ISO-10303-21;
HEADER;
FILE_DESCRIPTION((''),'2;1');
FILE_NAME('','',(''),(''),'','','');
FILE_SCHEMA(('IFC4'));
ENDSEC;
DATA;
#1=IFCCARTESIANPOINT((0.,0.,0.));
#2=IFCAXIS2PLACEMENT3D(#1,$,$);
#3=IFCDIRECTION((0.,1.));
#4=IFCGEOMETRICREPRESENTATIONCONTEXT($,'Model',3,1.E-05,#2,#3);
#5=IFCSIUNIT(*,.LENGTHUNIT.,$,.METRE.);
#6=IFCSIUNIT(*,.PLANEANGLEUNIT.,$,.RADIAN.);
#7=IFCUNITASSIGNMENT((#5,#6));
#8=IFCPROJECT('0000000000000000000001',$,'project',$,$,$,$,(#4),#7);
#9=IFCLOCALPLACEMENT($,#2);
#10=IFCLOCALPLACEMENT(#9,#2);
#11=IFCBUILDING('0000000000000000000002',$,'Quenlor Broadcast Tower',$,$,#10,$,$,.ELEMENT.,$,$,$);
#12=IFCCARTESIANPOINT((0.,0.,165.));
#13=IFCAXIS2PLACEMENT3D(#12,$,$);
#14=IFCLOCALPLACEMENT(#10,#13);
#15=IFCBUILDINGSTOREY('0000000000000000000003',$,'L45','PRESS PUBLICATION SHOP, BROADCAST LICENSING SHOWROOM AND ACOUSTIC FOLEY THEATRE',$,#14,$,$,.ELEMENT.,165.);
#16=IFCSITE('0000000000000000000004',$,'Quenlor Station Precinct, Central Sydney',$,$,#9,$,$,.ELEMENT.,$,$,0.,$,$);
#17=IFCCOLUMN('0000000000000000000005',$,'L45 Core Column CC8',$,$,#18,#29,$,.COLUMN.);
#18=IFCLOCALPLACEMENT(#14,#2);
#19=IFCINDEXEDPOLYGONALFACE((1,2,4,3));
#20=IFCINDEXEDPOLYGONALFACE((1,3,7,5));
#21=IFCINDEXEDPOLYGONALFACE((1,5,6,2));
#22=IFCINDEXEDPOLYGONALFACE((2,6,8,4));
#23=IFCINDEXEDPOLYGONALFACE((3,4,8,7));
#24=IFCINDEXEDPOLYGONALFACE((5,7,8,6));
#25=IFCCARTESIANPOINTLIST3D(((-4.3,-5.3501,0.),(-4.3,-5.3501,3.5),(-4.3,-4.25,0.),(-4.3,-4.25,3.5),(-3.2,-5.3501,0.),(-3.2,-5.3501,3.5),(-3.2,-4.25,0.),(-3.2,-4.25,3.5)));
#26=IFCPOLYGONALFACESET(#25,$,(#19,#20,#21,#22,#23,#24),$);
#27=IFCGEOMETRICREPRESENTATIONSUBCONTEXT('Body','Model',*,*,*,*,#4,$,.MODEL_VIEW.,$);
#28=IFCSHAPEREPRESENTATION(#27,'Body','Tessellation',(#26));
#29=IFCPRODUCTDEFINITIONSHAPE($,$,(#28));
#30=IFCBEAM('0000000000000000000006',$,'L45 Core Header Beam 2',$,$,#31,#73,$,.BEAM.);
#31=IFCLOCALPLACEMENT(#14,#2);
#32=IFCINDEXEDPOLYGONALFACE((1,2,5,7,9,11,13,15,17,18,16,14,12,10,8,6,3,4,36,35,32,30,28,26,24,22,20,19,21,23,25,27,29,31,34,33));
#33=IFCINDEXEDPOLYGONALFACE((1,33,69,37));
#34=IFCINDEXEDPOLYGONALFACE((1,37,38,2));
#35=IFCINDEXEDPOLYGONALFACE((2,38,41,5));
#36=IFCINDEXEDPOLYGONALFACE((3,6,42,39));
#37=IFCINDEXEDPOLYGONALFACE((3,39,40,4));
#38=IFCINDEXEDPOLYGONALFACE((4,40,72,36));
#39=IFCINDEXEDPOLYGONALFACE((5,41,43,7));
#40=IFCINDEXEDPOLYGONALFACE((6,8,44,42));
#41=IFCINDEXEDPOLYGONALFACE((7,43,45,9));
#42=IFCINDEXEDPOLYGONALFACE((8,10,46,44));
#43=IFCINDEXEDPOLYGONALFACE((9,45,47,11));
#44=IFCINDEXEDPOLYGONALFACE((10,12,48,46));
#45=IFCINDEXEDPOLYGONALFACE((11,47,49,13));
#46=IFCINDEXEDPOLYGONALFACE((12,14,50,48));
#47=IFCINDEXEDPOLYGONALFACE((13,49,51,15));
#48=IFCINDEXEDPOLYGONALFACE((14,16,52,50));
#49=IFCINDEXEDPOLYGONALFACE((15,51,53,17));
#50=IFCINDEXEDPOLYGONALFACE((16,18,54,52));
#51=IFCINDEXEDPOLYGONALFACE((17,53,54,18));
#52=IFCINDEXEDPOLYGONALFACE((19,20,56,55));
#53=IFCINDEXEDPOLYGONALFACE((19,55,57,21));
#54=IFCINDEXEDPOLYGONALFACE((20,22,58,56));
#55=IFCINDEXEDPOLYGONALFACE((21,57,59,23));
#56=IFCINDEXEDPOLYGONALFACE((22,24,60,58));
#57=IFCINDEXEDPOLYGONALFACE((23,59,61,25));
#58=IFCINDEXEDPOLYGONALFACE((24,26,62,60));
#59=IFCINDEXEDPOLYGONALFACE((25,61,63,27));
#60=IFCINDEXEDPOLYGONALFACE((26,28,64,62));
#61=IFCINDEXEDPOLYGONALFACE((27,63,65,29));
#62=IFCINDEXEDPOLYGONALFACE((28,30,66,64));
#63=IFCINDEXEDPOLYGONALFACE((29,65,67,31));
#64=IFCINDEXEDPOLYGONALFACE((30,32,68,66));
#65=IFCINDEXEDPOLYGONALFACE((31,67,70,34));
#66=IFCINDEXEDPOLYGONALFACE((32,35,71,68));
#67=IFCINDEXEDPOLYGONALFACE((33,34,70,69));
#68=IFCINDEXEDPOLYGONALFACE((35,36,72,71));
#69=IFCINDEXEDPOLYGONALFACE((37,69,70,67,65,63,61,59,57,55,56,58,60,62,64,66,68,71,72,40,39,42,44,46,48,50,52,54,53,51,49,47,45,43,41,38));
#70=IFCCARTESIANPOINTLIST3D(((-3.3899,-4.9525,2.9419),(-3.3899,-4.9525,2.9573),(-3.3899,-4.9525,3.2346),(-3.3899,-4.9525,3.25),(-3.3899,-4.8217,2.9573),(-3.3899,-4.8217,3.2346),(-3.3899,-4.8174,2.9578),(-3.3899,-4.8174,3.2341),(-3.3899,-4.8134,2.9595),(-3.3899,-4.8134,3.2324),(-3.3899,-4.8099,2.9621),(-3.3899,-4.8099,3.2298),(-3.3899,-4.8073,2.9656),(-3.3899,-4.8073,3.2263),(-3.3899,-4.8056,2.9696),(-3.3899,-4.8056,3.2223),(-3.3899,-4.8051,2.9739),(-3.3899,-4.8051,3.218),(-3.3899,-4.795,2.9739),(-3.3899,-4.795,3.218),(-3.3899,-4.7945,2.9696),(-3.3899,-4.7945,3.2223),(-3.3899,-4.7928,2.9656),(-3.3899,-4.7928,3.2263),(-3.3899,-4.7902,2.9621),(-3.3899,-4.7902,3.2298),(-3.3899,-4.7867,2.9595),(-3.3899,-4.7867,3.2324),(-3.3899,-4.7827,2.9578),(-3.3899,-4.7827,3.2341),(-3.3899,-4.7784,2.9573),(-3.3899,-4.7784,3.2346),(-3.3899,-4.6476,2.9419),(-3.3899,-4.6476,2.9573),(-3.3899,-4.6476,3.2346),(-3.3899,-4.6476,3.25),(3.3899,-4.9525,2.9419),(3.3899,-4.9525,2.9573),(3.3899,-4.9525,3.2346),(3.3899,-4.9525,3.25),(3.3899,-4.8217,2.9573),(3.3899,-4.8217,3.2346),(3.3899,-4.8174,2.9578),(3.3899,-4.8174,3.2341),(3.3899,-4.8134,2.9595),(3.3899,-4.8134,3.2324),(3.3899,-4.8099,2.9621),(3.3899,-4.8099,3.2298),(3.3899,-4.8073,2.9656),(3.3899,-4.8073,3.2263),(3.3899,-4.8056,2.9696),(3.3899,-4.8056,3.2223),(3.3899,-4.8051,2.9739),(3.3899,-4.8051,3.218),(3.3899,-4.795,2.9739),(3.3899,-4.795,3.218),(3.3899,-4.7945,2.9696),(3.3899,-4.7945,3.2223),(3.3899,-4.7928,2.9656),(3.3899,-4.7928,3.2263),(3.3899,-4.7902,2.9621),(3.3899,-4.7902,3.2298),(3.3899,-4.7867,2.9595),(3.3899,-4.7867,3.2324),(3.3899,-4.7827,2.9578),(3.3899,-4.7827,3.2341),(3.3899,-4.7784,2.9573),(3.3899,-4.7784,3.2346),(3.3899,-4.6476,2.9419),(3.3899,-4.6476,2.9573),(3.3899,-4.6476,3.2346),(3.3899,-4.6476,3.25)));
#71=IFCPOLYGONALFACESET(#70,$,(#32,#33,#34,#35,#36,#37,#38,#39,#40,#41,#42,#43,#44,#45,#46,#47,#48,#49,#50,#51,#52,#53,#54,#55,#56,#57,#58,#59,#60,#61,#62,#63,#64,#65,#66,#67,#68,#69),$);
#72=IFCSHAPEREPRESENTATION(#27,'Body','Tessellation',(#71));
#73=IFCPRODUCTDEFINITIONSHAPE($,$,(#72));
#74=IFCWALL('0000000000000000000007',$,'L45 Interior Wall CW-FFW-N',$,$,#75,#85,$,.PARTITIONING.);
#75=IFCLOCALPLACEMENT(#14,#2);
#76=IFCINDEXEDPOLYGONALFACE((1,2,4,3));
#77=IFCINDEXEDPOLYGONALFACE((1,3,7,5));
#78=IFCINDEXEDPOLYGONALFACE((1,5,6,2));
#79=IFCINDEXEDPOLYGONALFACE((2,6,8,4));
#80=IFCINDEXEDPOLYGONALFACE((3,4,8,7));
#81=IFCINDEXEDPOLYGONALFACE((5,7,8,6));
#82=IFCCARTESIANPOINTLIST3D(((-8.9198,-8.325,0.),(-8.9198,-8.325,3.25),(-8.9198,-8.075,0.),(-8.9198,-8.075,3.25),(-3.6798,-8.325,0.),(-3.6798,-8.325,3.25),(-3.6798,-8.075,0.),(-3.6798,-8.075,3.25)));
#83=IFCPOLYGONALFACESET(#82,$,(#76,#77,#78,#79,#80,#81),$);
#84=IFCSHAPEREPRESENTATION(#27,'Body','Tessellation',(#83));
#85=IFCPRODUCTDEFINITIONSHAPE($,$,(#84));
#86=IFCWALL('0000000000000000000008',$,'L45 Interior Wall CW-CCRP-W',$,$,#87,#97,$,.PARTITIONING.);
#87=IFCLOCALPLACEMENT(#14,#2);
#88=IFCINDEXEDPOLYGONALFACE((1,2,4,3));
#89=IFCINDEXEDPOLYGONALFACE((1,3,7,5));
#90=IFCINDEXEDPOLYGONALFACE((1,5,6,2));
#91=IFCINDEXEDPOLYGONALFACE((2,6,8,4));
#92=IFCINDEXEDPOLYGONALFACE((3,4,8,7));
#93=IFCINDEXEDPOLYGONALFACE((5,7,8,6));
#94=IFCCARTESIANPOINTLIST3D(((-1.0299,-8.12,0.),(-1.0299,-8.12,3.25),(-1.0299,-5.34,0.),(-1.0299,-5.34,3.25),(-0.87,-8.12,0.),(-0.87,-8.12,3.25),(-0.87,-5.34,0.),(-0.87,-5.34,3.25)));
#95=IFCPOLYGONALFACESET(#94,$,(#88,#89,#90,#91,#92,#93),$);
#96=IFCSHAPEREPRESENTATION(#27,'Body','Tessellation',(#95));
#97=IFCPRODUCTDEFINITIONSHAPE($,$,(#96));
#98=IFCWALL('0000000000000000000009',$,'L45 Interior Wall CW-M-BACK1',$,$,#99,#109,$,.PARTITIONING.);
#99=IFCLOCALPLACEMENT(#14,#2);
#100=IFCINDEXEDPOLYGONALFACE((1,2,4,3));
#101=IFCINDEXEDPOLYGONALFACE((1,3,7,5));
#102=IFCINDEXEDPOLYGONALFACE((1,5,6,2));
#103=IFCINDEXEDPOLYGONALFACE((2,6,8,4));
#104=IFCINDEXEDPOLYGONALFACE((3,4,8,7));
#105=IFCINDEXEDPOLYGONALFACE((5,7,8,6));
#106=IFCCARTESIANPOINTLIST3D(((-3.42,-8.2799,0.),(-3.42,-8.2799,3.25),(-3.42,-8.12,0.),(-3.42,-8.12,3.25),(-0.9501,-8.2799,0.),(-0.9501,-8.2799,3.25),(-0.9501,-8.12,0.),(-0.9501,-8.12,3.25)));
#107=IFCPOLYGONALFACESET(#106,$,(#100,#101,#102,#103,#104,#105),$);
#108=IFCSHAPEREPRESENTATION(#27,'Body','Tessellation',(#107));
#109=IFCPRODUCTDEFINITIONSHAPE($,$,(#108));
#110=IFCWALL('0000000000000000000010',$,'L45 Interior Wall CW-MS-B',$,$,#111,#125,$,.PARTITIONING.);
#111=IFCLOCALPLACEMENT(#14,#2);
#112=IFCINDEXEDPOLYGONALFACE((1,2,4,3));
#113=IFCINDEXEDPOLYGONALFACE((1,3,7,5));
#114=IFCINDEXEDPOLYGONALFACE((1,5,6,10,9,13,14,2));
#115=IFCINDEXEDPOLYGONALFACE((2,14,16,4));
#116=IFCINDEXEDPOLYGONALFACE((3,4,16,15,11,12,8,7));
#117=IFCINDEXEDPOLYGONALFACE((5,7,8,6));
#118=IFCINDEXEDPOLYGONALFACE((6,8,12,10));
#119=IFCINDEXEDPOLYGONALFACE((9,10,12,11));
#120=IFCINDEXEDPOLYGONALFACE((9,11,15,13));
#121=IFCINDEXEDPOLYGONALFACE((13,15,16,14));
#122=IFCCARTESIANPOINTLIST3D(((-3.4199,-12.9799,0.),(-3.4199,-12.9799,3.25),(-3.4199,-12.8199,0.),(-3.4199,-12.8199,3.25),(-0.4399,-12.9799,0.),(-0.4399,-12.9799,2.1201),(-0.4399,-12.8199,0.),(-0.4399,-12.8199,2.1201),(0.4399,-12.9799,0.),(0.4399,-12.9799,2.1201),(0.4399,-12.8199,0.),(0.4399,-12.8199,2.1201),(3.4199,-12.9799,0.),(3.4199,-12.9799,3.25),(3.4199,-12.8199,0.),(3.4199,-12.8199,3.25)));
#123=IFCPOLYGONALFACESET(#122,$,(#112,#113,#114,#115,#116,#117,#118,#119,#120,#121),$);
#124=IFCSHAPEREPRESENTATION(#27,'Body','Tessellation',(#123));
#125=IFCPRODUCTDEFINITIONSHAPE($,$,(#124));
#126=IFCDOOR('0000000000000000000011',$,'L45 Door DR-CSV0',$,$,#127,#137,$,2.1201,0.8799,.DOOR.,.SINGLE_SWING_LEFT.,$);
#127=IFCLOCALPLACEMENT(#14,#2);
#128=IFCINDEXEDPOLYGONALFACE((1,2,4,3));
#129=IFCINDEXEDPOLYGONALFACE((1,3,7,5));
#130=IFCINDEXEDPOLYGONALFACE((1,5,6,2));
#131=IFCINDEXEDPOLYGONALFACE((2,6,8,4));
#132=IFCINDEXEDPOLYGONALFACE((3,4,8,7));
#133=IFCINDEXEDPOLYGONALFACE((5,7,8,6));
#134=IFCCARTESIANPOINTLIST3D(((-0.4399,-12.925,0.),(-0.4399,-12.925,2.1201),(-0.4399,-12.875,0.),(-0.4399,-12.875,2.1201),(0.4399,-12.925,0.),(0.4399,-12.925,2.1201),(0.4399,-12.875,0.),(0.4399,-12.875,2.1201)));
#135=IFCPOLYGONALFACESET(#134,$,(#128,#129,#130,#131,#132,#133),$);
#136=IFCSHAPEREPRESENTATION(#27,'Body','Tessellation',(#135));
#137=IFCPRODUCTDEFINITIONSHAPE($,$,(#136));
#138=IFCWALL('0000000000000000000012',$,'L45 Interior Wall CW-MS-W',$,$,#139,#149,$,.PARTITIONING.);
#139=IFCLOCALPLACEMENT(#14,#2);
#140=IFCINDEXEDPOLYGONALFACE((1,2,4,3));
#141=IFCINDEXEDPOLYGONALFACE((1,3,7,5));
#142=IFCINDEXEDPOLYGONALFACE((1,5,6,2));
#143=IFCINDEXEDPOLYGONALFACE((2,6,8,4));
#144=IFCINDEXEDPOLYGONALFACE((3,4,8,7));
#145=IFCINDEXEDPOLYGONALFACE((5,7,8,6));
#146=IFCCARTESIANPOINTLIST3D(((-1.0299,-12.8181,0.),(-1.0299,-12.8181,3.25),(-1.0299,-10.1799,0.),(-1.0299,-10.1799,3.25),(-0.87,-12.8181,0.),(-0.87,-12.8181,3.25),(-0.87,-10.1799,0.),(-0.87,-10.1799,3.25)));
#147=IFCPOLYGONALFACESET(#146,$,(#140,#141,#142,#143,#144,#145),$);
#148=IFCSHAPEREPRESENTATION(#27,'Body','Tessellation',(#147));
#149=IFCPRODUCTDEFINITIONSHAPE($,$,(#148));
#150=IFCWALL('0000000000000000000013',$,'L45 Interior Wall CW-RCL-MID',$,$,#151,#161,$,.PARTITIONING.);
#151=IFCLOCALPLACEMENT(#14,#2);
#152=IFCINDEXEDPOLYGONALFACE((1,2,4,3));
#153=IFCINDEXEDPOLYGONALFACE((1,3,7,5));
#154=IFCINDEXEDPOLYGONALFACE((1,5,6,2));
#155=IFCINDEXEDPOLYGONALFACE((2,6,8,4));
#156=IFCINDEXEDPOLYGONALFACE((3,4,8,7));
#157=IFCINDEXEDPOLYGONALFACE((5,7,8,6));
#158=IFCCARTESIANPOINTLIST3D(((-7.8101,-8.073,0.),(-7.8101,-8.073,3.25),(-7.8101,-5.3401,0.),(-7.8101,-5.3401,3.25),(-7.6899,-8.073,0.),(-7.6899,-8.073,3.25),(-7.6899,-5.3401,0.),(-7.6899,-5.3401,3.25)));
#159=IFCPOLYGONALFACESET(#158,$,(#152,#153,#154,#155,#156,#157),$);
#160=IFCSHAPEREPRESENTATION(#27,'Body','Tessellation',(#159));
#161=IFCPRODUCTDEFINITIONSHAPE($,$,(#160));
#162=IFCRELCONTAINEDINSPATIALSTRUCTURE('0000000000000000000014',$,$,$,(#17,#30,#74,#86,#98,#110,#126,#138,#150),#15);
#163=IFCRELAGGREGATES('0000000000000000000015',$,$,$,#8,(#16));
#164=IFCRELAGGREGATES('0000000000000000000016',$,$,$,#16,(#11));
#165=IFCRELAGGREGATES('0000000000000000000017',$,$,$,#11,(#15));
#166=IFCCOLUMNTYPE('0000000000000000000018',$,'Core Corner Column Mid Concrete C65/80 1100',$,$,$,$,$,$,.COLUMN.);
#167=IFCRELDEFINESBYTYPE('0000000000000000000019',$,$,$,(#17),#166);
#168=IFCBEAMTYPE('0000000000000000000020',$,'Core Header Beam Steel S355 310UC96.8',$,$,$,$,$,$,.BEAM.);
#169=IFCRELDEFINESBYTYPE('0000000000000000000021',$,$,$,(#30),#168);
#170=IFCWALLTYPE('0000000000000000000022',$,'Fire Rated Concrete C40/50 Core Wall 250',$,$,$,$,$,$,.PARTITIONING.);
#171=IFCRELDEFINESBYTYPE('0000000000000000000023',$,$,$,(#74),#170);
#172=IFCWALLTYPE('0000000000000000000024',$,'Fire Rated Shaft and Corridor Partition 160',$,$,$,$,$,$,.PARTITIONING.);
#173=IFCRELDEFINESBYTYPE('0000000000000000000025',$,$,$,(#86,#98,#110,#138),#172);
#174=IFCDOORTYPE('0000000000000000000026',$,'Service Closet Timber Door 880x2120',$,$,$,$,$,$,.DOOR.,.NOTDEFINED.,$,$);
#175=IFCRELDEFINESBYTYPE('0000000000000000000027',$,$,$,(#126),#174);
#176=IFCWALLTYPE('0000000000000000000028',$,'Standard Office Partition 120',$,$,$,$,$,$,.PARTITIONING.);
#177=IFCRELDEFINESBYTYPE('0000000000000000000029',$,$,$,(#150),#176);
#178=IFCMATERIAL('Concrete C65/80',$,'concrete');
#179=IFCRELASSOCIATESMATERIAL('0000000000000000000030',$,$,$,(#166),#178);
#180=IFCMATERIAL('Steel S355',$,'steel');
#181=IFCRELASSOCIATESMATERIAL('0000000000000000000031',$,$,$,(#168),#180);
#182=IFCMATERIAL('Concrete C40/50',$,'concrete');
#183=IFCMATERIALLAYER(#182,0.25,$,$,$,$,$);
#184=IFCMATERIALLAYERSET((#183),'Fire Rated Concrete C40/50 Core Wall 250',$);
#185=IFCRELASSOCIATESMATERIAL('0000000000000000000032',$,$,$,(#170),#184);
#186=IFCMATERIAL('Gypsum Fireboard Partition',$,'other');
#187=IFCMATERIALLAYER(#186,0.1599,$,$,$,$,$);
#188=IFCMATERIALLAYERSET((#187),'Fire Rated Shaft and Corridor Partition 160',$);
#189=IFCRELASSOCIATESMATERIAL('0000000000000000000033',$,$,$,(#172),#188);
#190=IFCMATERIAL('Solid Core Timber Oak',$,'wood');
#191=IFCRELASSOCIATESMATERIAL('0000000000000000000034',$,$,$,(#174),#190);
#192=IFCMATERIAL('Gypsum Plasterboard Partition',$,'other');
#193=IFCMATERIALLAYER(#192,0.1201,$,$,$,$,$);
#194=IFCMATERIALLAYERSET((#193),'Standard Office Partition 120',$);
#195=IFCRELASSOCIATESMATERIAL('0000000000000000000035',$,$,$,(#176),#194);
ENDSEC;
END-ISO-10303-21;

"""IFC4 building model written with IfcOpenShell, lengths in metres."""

from ifc_helpers import new_model, si_unit, direction, frame, frame_2d, origin, origin_2d, place, context, subcontext, project, spatial, rectangle, i_section, extrude, material, layer, layer_set, material_profile, profile_set, type_object, element, fill, save


model = new_model("IFC4")

# Units and contexts
model_context = context("Model", 3, precision=1e-05, world=origin(), true_north=direction((0.0, 1.0)))
body_context = subcontext(model_context, "Body", "Model", "MODEL_VIEW")
ifc_project = project(units=[si_unit("LENGTHUNIT", "METRE"), si_unit("PLANEANGLEUNIT", "RADIAN")], contexts=[model_context])

# Site, building, storey
site_placement = place(None, origin())
site = spatial("IfcSite", under=ifc_project, at=site_placement, Name="Quenlor Station Precinct, Central Sydney", CompositionType="ELEMENT", RefElevation=0.0)
building_placement = place(site_placement, origin())
building = spatial("IfcBuilding", under=site, at=building_placement, Name="Quenlor Broadcast Tower", CompositionType="ELEMENT")
storey_placement = place(building_placement, frame((0.0, 0.0, 165.0)))
storey = spatial("IfcBuildingStorey", under=building, at=storey_placement, Name="L45", Description="PRESS PUBLICATION SHOP, BROADCAST LICENSING SHOWROOM AND ACOUSTIC FOLEY THEATRE", CompositionType="ELEMENT", Elevation=165.0)

# Column
ifc_material_1 = material(Name="Concrete C65/80", Category="concrete")
ifc_material_profile_1 = material_profile(ifc_material_1, rectangle(XDim=1.1001, YDim=1.1001, at=origin_2d()))
ifc_profile_set_1 = profile_set([ifc_material_profile_1], Name="Concrete C65/80 RC1100x1100")
column_type = type_object("IfcColumnType", Name="Core Corner Column Mid Concrete C65/80 1100", PredefinedType="COLUMN", material=ifc_profile_set_1)
column_placement = place(storey_placement, frame((-3.75, -4.8, 0.0), z_axis=(0.0, 0.0, 1.0), x_axis=(1.0, 0.0, 0.0)))
element("IfcColumn", 1, at=column_placement, inside=storey, type_object=column_type, Name="L45 Core Column CC8", PredefinedType="COLUMN", context=body_context, shape_type="SweptSolid", body=[
    extrude(rectangle(XDim=1.1001, YDim=1.1001, at=origin_2d()), origin(), (0.0, 0.0, 1.0), 3.5),
])

# Beam
ifc_material_2 = material(Name="Steel S355", Category="steel")
ifc_material_profile_2 = material_profile(ifc_material_2, i_section(OverallWidth=0.3049, OverallDepth=0.3081, WebThickness=0.01, FlangeThickness=0.0154, FilletRadius=0.0166, at=origin_2d()))
ifc_profile_set_2 = profile_set([ifc_material_profile_2], Name="Steel S355 310UC96.8")
beam_type = type_object("IfcBeamType", Name="Core Header Beam Steel S355 310UC96.8", PredefinedType="BEAM", material=ifc_profile_set_2)
beam_placement = place(storey_placement, frame((-3.3899, -4.8, 3.0959), z_axis=(1.0, 0.0, 0.0), x_axis=(0.0, 1.0, 0.0)))
element("IfcBeam", 2, at=beam_placement, inside=storey, type_object=beam_type, Name="L45 Core Header Beam 2", PredefinedType="BEAM", context=body_context, shape_type="SweptSolid", body=[
    extrude(i_section(OverallWidth=0.3049, OverallDepth=0.3081, WebThickness=0.01, FlangeThickness=0.0154, FilletRadius=0.0166, at=origin_2d()), origin(), (0.0, 0.0, 1.0), 6.7798),
])

# Shared definitions
ifc_material_3 = material(Name="Concrete C40/50", Category="concrete")
ifc_layer_1 = layer(ifc_material_3, 0.25)
ifc_layer_set_1 = layer_set([ifc_layer_1], Name="Fire Rated Concrete C40/50 Core Wall 250")
wall_type_1 = type_object("IfcWallType", Name="Fire Rated Concrete C40/50 Core Wall 250", PredefinedType="PARTITIONING", material=ifc_layer_set_1)

# Wall
wall_1_placement = place(storey_placement, frame((-8.9199, -8.2, 0.0), z_axis=(0.0, 0.0, 1.0), x_axis=(1.0, 0.0, 0.0)))
element("IfcWall", 3, at=wall_1_placement, inside=storey, type_object=wall_type_1, Name="L45 Interior Wall CW-FFW-N", PredefinedType="PARTITIONING", context=body_context, shape_type="SweptSolid", body=[
    extrude(rectangle(XDim=5.24, YDim=0.25, at=frame_2d((2.6201, 0.0))), origin(), (0.0, 0.0, 1.0), 3.25),
])

# Walls
ifc_material_4 = material(Name="Gypsum Fireboard Partition", Category="other")
ifc_layer_2 = layer(ifc_material_4, 0.1599)
ifc_layer_set_2 = layer_set([ifc_layer_2], Name="Fire Rated Shaft and Corridor Partition 160")
wall_type_2 = type_object("IfcWallType", Name="Fire Rated Shaft and Corridor Partition 160", PredefinedType="PARTITIONING", material=ifc_layer_set_2)
wall_2_placement = place(storey_placement, frame((-0.95, -8.1201, 0.0), z_axis=(0.0, 0.0, 1.0), x_axis=(0.0, 1.0, 0.0)))
element("IfcWall", 4, at=wall_2_placement, inside=storey, type_object=wall_type_2, Name="L45 Interior Wall CW-CCRP-W", PredefinedType="PARTITIONING", context=body_context, shape_type="SweptSolid", body=[
    extrude(rectangle(XDim=2.78, YDim=0.1599, at=frame_2d((1.3901, 0.0))), origin(), (0.0, 0.0, 1.0), 3.25),
])
wall_3_placement = place(storey_placement, frame((-3.4199, -8.2, 0.0), z_axis=(0.0, 0.0, 1.0), x_axis=(1.0, 0.0, 0.0)))
element("IfcWall", 5, at=wall_3_placement, inside=storey, type_object=wall_type_2, Name="L45 Interior Wall CW-M-BACK1", PredefinedType="PARTITIONING", context=body_context, shape_type="SweptSolid", body=[
    extrude(rectangle(XDim=2.47, YDim=0.1599, at=frame_2d((1.2349, 0.0))), origin(), (0.0, 0.0, 1.0), 3.25),
])

# Wall, opening, door
wall_4_placement = place(storey_placement, frame((-3.4199, -12.8999, 0.0), z_axis=(0.0, 0.0, 1.0), x_axis=(1.0, 0.0, 0.0)))
wall_4 = element("IfcWall", 6, at=wall_4_placement, inside=storey, type_object=wall_type_2, Name="L45 Interior Wall CW-MS-B", PredefinedType="PARTITIONING", context=body_context, shape_type="SweptSolid", body=[
    extrude(rectangle(XDim=6.8398, YDim=0.1599, at=frame_2d((3.4199, 0.0))), origin(), (0.0, 0.0, 1.0), 3.25),
])
opening_1_placement = place(wall_4_placement, frame((2.98, 0.0, 0.0)))
opening_1 = element("IfcOpeningElement", 7, at=opening_1_placement, cuts=wall_4, PredefinedType="OPENING", context=body_context, shape_type="SweptSolid", body=[
    extrude(rectangle(XDim=0.8799, YDim=2.1201, at=frame_2d((0.4399, 1.0601))), frame((0.0, 0.0898, 0.0), z_axis=(0.0, -1.0, 0.0), x_axis=(1.0, 0.0, 0.0)), (0.0, 0.0, 1.0), 0.1799),
])
ifc_material_5 = material(Name="Solid Core Timber Oak", Category="wood")
door_type_1 = type_object("IfcDoorType", Name="Service Closet Timber Door 880x2120", OperationType="NOTDEFINED", PredefinedType="DOOR", material=ifc_material_5)
door_1_placement = place(opening_1_placement, origin())
door_1 = element("IfcDoor", 8, at=door_1_placement, inside=storey, type_object=door_type_1, Name="L45 Door DR-CSV0", OperationType="SINGLE_SWING_LEFT", OverallHeight=2.1201, OverallWidth=0.8799, PredefinedType="DOOR", context=body_context, shape_type="SweptSolid", body=[
    extrude(rectangle(XDim=0.8799, YDim=2.1201, at=frame_2d((0.4399, 1.0601))), frame((0.0, 0.0249, 0.0), z_axis=(0.0, -1.0, 0.0), x_axis=(1.0, 0.0, 0.0)), (0.0, 0.0, 1.0), 0.05),
])
fill(opening_1, door_1)

# Walls
wall_5_placement = place(storey_placement, frame((-0.95, -12.8181, 0.0), z_axis=(0.0, 0.0, 1.0), x_axis=(0.0, 1.0, 0.0)))
element("IfcWall", 9, at=wall_5_placement, inside=storey, type_object=wall_type_2, Name="L45 Interior Wall CW-MS-W", PredefinedType="PARTITIONING", context=body_context, shape_type="SweptSolid", body=[
    extrude(rectangle(XDim=2.6382, YDim=0.1599, at=frame_2d((1.3191, 0.0))), origin(), (0.0, 0.0, 1.0), 3.25),
])
ifc_material_6 = material(Name="Gypsum Plasterboard Partition", Category="other")
ifc_layer_3 = layer(ifc_material_6, 0.1201)
ifc_layer_set_3 = layer_set([ifc_layer_3], Name="Standard Office Partition 120")
wall_type_3 = type_object("IfcWallType", Name="Standard Office Partition 120", PredefinedType="PARTITIONING", material=ifc_layer_set_3)
wall_6_placement = place(storey_placement, frame((-7.75, -8.073, 0.0), z_axis=(0.0, 0.0, 1.0), x_axis=(0.0, 1.0, 0.0)))
element("IfcWall", 10, at=wall_6_placement, inside=storey, type_object=wall_type_3, Name="L45 Interior Wall CW-RCL-MID", PredefinedType="PARTITIONING", context=body_context, shape_type="SweptSolid", body=[
    extrude(rectangle(XDim=2.7329, YDim=0.1201, at=frame_2d((1.3665, 0.0))), origin(), (0.0, 0.0, 1.0), 3.25),
])

save(model, "model.ifc")
